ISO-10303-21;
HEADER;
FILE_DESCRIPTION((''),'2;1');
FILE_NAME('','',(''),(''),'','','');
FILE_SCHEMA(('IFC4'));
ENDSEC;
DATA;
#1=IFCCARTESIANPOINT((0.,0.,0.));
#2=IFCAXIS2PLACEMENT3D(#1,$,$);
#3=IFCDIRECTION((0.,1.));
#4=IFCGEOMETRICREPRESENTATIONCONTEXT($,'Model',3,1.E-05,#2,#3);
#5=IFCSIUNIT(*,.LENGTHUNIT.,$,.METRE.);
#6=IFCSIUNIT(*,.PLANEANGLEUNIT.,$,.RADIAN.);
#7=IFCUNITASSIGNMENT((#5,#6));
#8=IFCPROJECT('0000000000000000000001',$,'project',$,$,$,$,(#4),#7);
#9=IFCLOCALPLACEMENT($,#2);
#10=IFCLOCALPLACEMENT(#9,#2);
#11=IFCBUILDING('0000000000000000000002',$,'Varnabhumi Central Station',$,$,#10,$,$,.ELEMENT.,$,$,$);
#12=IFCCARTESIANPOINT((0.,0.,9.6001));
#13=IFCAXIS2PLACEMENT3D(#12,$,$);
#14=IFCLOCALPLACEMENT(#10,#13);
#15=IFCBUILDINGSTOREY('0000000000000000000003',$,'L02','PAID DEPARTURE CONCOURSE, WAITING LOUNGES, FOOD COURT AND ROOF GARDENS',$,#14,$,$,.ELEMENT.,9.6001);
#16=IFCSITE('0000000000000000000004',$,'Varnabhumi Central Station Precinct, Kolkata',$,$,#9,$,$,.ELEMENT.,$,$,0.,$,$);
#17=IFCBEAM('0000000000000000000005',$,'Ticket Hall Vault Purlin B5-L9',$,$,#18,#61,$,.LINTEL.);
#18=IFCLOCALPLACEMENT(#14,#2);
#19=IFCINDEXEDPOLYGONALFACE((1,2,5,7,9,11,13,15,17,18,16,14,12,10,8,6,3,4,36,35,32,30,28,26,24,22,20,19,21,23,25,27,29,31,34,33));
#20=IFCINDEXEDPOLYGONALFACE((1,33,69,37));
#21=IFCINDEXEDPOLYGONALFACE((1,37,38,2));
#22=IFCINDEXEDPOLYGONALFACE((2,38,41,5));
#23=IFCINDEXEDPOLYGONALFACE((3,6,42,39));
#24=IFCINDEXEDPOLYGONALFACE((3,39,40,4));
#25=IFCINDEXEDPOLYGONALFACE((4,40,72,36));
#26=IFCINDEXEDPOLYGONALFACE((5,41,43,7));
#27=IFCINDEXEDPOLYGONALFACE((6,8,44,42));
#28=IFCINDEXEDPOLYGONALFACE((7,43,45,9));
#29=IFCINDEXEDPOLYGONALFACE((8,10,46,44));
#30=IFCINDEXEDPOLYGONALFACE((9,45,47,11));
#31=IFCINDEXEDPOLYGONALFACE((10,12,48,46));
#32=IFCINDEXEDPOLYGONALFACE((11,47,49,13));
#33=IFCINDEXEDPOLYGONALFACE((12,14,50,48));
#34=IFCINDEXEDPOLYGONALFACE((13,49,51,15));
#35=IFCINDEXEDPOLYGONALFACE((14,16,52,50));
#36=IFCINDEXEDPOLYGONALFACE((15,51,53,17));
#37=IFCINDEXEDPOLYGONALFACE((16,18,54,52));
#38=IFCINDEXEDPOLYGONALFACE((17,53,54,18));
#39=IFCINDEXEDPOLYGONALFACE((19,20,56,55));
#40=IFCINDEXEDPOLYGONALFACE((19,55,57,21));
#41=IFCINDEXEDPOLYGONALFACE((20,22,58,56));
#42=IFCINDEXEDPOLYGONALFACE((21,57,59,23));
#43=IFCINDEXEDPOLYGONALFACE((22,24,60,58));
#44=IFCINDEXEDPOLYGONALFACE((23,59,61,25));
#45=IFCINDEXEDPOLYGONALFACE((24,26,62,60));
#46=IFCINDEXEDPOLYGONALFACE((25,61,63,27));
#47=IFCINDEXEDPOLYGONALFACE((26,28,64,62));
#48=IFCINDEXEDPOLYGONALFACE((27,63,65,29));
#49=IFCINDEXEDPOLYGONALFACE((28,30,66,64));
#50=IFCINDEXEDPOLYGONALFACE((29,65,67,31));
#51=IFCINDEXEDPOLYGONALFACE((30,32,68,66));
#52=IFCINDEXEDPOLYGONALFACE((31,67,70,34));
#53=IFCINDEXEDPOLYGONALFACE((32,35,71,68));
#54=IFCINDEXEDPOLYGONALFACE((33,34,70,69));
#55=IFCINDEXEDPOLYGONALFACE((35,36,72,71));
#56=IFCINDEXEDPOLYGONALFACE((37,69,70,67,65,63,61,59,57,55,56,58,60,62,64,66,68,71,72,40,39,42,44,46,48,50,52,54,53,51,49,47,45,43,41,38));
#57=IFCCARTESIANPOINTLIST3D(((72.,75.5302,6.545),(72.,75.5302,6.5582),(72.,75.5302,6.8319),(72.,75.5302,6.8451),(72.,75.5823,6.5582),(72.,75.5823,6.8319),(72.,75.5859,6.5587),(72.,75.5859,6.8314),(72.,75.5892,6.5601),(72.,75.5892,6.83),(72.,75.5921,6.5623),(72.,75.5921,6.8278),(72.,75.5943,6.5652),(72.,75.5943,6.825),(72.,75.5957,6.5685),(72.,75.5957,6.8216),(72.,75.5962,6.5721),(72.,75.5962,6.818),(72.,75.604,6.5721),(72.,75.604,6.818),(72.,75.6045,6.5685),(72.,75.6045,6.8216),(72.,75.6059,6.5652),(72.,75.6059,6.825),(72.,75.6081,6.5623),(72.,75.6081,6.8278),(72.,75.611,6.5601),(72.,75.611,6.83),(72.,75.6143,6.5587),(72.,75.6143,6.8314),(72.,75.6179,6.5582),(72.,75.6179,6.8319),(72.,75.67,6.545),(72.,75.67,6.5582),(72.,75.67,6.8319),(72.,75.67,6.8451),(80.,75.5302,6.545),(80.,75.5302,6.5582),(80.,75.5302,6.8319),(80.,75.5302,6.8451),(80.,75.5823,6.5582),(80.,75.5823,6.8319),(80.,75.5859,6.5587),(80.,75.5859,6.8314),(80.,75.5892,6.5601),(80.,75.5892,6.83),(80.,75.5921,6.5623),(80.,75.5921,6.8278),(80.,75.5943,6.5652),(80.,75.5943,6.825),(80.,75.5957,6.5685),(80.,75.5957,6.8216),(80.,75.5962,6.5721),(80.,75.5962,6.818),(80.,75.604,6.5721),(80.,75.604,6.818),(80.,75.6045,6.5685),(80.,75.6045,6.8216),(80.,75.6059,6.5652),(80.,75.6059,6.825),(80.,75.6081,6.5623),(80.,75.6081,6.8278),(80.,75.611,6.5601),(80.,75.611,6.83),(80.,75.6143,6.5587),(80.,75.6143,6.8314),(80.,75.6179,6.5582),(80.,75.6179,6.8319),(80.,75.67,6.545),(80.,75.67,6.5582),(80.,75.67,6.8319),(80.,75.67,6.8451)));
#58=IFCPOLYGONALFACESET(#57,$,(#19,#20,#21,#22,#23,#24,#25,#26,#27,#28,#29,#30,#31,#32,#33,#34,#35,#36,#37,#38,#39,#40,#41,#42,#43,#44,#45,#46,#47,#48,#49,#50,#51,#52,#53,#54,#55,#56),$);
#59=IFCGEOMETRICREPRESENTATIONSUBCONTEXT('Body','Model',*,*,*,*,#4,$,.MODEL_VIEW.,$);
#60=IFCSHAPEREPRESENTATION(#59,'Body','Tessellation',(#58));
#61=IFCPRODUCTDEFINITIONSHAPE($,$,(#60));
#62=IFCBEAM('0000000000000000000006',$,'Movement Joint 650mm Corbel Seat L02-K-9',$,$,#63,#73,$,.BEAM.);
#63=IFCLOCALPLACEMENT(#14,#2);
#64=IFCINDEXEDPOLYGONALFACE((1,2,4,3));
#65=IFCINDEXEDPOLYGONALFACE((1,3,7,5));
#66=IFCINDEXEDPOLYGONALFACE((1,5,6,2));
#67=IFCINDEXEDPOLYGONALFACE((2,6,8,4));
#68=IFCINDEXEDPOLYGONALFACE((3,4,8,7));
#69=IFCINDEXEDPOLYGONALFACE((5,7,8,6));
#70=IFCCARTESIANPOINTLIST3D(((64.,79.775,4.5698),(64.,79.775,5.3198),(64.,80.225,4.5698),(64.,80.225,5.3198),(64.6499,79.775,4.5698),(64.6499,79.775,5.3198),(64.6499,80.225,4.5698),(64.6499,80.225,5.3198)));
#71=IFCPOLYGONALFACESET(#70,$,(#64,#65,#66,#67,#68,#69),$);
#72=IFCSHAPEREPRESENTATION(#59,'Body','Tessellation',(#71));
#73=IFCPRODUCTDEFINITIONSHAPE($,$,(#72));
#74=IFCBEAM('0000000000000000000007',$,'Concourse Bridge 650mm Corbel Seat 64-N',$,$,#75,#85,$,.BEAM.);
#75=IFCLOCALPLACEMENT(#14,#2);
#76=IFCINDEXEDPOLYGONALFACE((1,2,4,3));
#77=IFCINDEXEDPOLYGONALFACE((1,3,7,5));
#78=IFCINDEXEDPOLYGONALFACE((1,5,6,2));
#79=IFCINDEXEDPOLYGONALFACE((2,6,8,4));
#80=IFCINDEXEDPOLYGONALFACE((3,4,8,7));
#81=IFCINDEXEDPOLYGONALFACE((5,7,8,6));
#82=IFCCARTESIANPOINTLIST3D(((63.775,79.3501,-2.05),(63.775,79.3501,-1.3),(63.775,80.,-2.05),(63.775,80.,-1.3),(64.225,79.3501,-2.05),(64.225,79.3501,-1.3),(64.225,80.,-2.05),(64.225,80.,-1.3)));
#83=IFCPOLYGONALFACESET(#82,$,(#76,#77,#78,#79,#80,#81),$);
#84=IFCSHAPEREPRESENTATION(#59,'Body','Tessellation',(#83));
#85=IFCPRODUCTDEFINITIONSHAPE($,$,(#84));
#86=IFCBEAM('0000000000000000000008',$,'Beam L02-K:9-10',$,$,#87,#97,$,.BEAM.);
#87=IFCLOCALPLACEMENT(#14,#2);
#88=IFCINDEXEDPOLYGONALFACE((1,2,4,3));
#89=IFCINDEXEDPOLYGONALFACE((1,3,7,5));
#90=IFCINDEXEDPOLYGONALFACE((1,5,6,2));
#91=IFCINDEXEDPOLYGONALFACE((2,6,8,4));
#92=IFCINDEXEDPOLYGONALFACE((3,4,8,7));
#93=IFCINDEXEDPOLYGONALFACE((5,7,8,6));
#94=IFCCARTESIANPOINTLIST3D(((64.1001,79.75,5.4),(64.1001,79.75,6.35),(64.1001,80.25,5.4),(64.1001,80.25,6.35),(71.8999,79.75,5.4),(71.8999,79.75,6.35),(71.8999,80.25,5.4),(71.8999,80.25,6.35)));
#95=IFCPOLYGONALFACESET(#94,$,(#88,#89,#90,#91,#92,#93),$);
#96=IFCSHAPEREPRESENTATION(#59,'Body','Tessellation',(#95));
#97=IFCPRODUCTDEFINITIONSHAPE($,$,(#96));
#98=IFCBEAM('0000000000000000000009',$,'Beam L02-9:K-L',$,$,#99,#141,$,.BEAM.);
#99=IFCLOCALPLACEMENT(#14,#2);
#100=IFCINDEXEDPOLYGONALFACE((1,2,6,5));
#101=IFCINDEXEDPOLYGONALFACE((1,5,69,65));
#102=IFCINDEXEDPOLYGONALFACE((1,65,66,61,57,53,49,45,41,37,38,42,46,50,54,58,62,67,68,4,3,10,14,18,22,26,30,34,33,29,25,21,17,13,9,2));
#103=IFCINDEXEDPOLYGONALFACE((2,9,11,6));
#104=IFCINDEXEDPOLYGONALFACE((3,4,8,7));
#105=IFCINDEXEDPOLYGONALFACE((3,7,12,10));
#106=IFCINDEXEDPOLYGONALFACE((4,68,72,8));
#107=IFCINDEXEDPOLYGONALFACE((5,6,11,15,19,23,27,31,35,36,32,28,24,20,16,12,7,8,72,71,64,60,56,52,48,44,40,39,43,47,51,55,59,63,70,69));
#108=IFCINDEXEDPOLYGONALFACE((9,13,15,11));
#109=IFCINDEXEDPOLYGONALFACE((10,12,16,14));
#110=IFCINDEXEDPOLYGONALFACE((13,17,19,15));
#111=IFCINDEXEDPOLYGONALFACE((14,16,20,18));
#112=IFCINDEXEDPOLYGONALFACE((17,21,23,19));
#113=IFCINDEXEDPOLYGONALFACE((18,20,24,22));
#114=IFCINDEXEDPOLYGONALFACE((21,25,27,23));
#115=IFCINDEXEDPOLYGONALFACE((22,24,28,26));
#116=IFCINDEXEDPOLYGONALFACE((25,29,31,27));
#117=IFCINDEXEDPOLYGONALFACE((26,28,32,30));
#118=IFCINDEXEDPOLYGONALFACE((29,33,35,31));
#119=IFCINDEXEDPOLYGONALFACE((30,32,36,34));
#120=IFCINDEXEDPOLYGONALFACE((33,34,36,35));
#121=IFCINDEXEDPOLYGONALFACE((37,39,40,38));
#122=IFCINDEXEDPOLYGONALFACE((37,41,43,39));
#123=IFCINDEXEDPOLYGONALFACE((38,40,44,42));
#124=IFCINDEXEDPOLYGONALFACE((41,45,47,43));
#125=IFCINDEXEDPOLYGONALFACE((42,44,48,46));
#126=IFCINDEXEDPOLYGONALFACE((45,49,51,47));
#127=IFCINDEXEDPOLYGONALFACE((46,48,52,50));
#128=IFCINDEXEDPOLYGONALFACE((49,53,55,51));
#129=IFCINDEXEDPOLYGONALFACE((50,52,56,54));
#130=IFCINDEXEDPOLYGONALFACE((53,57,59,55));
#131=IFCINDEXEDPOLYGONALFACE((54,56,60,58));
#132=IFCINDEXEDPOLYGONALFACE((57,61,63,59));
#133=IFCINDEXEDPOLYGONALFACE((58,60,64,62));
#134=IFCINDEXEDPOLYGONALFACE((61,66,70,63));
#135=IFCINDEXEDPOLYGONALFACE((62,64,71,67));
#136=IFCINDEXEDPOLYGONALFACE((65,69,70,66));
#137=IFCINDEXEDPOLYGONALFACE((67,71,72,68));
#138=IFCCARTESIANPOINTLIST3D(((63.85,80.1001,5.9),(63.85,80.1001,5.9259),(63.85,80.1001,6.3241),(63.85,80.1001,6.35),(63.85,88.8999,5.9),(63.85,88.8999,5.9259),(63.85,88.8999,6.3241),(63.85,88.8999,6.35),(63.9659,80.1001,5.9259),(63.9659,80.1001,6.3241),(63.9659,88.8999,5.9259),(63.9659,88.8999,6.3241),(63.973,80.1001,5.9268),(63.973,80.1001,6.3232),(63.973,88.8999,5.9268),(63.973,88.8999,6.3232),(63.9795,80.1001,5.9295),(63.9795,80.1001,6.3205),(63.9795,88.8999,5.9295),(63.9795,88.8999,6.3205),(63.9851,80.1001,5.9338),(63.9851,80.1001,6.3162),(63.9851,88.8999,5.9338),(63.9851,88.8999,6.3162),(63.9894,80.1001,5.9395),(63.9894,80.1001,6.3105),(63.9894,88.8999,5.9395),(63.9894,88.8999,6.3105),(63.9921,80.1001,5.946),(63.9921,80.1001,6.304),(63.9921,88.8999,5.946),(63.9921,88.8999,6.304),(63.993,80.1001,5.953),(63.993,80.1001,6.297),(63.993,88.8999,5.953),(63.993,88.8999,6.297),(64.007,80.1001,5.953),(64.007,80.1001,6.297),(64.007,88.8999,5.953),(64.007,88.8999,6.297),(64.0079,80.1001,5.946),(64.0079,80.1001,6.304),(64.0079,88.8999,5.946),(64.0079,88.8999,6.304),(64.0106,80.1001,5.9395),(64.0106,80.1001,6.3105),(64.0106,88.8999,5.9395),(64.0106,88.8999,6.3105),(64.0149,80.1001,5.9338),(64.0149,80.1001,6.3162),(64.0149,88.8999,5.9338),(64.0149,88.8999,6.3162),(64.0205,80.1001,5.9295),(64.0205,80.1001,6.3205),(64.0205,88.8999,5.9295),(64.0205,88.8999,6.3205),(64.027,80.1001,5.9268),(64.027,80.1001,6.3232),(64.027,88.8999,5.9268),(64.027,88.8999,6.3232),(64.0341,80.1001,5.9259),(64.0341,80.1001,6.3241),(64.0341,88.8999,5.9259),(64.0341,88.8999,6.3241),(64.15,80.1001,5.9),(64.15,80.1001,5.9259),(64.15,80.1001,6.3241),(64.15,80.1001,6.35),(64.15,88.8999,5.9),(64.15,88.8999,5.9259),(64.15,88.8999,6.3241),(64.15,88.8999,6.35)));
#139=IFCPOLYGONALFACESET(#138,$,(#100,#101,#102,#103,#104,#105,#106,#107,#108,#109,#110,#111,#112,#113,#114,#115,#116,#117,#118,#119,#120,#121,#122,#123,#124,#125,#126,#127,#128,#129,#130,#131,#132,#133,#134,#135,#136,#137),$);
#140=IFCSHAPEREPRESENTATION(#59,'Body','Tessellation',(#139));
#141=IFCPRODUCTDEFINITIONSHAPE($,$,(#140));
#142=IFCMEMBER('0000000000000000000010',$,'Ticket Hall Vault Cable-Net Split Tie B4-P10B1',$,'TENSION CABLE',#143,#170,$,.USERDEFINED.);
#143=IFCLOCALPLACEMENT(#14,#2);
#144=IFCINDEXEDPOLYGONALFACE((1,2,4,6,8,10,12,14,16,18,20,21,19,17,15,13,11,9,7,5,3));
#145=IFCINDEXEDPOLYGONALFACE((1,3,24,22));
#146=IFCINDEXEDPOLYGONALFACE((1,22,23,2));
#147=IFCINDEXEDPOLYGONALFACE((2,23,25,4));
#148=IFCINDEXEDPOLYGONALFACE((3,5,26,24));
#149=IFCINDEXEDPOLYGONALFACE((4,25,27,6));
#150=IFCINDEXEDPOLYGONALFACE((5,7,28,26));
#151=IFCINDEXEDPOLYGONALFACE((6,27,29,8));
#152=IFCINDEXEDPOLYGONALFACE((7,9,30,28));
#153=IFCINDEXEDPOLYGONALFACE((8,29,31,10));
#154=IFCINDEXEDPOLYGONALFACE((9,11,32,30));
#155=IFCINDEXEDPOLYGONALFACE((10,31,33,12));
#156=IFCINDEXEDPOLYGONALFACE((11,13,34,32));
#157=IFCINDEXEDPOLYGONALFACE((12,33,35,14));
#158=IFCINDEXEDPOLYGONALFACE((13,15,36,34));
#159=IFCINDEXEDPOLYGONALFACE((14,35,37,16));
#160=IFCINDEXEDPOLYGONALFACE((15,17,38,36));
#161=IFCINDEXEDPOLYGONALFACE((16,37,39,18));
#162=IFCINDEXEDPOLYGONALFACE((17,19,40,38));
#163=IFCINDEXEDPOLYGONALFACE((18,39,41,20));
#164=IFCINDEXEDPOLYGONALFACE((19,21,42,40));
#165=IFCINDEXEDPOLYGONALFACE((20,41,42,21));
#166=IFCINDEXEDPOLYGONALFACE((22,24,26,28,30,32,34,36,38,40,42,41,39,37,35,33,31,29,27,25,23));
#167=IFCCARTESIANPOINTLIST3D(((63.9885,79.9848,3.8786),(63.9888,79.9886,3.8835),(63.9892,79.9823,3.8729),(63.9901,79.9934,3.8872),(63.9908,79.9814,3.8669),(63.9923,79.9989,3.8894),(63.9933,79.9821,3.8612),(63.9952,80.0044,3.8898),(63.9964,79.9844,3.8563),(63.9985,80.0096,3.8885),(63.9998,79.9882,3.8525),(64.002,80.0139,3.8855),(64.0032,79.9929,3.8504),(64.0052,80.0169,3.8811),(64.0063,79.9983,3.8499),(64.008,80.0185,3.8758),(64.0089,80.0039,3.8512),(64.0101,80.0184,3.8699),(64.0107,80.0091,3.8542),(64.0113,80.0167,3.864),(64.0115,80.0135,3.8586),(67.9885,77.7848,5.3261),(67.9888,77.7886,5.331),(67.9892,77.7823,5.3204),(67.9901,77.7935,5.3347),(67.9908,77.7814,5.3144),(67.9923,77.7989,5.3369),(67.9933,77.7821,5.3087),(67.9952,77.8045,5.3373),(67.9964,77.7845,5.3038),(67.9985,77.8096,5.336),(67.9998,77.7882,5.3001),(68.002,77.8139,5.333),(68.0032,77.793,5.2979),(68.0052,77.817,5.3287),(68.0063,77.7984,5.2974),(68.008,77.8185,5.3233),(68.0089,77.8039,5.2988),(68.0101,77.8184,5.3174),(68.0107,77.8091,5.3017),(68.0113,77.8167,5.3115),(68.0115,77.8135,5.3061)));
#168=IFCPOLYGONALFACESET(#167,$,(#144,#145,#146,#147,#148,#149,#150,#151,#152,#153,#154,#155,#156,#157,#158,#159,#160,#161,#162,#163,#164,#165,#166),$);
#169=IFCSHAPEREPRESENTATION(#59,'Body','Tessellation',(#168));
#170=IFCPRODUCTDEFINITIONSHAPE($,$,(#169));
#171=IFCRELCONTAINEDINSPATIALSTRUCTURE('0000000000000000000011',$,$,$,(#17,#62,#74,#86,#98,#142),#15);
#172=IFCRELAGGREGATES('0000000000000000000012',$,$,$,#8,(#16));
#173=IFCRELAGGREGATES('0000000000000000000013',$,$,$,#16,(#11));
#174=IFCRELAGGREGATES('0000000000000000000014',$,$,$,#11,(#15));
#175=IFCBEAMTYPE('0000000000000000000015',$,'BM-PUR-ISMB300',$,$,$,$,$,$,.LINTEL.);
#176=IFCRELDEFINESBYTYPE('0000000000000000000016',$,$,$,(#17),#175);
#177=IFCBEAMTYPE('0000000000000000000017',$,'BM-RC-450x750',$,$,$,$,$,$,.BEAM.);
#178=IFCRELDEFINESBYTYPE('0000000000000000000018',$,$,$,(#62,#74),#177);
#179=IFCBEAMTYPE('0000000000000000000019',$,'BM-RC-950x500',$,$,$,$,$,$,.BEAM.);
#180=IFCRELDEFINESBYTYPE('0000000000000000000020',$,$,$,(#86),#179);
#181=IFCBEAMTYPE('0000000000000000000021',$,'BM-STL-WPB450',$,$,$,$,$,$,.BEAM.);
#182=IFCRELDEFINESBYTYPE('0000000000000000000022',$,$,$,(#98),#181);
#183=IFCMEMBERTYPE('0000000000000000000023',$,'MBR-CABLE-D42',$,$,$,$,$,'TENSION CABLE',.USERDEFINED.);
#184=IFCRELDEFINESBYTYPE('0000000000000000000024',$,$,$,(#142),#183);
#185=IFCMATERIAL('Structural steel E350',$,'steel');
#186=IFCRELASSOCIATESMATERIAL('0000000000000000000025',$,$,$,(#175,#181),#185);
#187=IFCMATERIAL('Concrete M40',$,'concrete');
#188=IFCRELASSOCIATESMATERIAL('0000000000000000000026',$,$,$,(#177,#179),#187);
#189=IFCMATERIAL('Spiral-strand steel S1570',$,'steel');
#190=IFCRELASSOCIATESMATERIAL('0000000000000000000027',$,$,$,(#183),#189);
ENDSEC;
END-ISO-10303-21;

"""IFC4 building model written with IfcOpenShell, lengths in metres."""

from ifc_helpers import new_model, si_unit, direction, frame, origin, origin_2d, place, context, subcontext, project, spatial, rectangle, circle, i_section, extrude, material, material_profile, profile_set, type_object, element, save


model = new_model("IFC4")

# Units and contexts
model_context = context("Model", 3, precision=1e-05, world=origin(), true_north=direction((0.0, 1.0)))
body_context = subcontext(model_context, "Body", "Model", "MODEL_VIEW")
ifc_project = project(units=[si_unit("LENGTHUNIT", "METRE"), si_unit("PLANEANGLEUNIT", "RADIAN")], contexts=[model_context])

# Site, building, storey
site_placement = place(None, origin())
site = spatial("IfcSite", under=ifc_project, at=site_placement, Name="Varnabhumi Central Station Precinct, Kolkata", CompositionType="ELEMENT", RefElevation=0.0)
building_placement = place(site_placement, origin())
building = spatial("IfcBuilding", under=site, at=building_placement, Name="Varnabhumi Central Station", CompositionType="ELEMENT")
storey_placement = place(building_placement, frame((0.0, 0.0, 9.6001)))
storey = spatial("IfcBuildingStorey", under=building, at=storey_placement, Name="L02", Description="PAID DEPARTURE CONCOURSE, WAITING LOUNGES, FOOD COURT AND ROOF GARDENS", CompositionType="ELEMENT", Elevation=9.6001)

# Beams
ifc_material_1 = material(Name="Structural steel E350", Category="steel")
ifc_material_profile_1 = material_profile(ifc_material_1, i_section(OverallWidth=0.1399, OverallDepth=0.3, WebThickness=0.0078, FlangeThickness=0.0132, FilletRadius=0.0139, at=origin_2d()), Name="Structural steel E350", Category="steel")
ifc_profile_set_1 = profile_set([ifc_material_profile_1], Name="Structural steel E350")
beam_type_1 = type_object("IfcBeamType", Name="BM-PUR-ISMB300", PredefinedType="LINTEL", material=ifc_profile_set_1)
beam_1_placement = place(storey_placement, frame((72.0, 75.6001, 6.6951), z_axis=(1.0, 0.0, 0.0), x_axis=(0.0, 1.0, 0.0)))
element("IfcBeam", 1, at=beam_1_placement, inside=storey, type_object=beam_type_1, Name="Ticket Hall Vault Purlin B5-L9", PredefinedType="LINTEL", context=body_context, shape_type="SweptSolid", body=[
    extrude(i_section(OverallWidth=0.1399, OverallDepth=0.3, WebThickness=0.0078, FlangeThickness=0.0132, FilletRadius=0.0139, at=origin_2d()), origin(), (0.0, 0.0, 1.0), 8.0),
])
ifc_material_2 = material(Name="Concrete M40", Category="concrete")
ifc_material_profile_2 = material_profile(ifc_material_2, rectangle(XDim=0.45, YDim=0.75, at=origin_2d()), Name="Concrete M40", Category="concrete")
ifc_profile_set_2 = profile_set([ifc_material_profile_2], Name="Concrete M40")
beam_type_2 = type_object("IfcBeamType", Name="BM-RC-450x750", PredefinedType="BEAM", material=ifc_profile_set_2)
for number, where, z_axis, x_axis, name in (
    (2, (64.0, 80.0, 4.9448), (1.0, 0.0, 0.0), (0.0, 1.0, 0.0), "Movement Joint 650mm Corbel Seat L02-K-9"),
    (3, (64.0, 80.0, -1.675), (0.0, -1.0, 0.0), (1.0, 0.0, 0.0), "Concourse Bridge 650mm Corbel Seat 64-N"),
):
    element("IfcBeam", number, at=place(storey_placement, frame(where, z_axis=z_axis, x_axis=x_axis)), inside=storey, type_object=beam_type_2, Name=name, PredefinedType="BEAM", context=body_context, shape_type="SweptSolid", body=[
        extrude(rectangle(XDim=0.45, YDim=0.75, at=origin_2d()), origin(), (0.0, 0.0, 1.0), 0.6499),
    ])
ifc_material_profile_3 = material_profile(ifc_material_2, rectangle(XDim=0.5, YDim=0.95, at=origin_2d()), Name="Concrete M40", Category="concrete")
ifc_profile_set_3 = profile_set([ifc_material_profile_3], Name="Concrete M40")
beam_type_3 = type_object("IfcBeamType", Name="BM-RC-950x500", PredefinedType="BEAM", material=ifc_profile_set_3)
beam_2_placement = place(storey_placement, frame((64.1001, 80.0, 5.875), z_axis=(1.0, 0.0, 0.0), x_axis=(0.0, 1.0, 0.0)))
element("IfcBeam", 4, at=beam_2_placement, inside=storey, type_object=beam_type_3, Name="Beam L02-K:9-10", PredefinedType="BEAM", context=body_context, shape_type="SweptSolid", body=[
    extrude(rectangle(XDim=0.5, YDim=0.95, at=origin_2d()), origin(), (0.0, 0.0, 1.0), 7.7998),
])
ifc_material_profile_4 = material_profile(ifc_material_1, i_section(OverallWidth=0.3, OverallDepth=0.45, WebThickness=0.0139, FlangeThickness=0.0259, FilletRadius=0.0271, at=origin_2d()), Name="Structural steel E350", Category="steel")
ifc_profile_set_4 = profile_set([ifc_material_profile_4], Name="Structural steel E350")
beam_type_4 = type_object("IfcBeamType", Name="BM-STL-WPB450", PredefinedType="BEAM", material=ifc_profile_set_4)
beam_3_placement = place(storey_placement, frame((64.0, 80.1001, 6.125), z_axis=(0.0, 1.0, 0.0), x_axis=(-1.0, 0.0, 0.0)))
element("IfcBeam", 5, at=beam_3_placement, inside=storey, type_object=beam_type_4, Name="Beam L02-9:K-L", PredefinedType="BEAM", context=body_context, shape_type="SweptSolid", body=[
    extrude(i_section(OverallWidth=0.3, OverallDepth=0.45, WebThickness=0.0139, FlangeThickness=0.0259, FilletRadius=0.0271, at=origin_2d()), origin(), (0.0, 0.0, 1.0), 8.7998),
])

# Member
ifc_material_3 = material(Name="Spiral-strand steel S1570", Category="steel")
ifc_material_profile_5 = material_profile(ifc_material_3, circle(Radius=0.021, at=origin_2d()), Name="Spiral-strand steel S1570", Category="steel")
ifc_profile_set_5 = profile_set([ifc_material_profile_5], Name="Spiral-strand steel S1570")
member_type = type_object("IfcMemberType", Name="MBR-CABLE-D42", ElementType="TENSION CABLE", PredefinedType="USERDEFINED", material=ifc_profile_set_5)
for number, where, z_axis, x_axis, name in (
    (6, (64.0, 80.0, 3.8699), (0.835237, -0.45937, 0.302254), (0.481911, 0.87622, 0.0), "Ticket Hall Vault Cable-Net Split Tie B4-P10B1"),
):
    element("IfcMember", number, at=place(storey_placement, frame(where, z_axis=z_axis, x_axis=x_axis)), inside=storey, type_object=member_type, Name=name, ObjectType="TENSION CABLE", PredefinedType="USERDEFINED", context=body_context, shape_type="SweptSolid", body=[
        extrude(circle(Radius=0.021, at=origin_2d()), origin(), (0.0, 0.0, 1.0), 4.7891),
    ])

save(model, "model.ifc")
